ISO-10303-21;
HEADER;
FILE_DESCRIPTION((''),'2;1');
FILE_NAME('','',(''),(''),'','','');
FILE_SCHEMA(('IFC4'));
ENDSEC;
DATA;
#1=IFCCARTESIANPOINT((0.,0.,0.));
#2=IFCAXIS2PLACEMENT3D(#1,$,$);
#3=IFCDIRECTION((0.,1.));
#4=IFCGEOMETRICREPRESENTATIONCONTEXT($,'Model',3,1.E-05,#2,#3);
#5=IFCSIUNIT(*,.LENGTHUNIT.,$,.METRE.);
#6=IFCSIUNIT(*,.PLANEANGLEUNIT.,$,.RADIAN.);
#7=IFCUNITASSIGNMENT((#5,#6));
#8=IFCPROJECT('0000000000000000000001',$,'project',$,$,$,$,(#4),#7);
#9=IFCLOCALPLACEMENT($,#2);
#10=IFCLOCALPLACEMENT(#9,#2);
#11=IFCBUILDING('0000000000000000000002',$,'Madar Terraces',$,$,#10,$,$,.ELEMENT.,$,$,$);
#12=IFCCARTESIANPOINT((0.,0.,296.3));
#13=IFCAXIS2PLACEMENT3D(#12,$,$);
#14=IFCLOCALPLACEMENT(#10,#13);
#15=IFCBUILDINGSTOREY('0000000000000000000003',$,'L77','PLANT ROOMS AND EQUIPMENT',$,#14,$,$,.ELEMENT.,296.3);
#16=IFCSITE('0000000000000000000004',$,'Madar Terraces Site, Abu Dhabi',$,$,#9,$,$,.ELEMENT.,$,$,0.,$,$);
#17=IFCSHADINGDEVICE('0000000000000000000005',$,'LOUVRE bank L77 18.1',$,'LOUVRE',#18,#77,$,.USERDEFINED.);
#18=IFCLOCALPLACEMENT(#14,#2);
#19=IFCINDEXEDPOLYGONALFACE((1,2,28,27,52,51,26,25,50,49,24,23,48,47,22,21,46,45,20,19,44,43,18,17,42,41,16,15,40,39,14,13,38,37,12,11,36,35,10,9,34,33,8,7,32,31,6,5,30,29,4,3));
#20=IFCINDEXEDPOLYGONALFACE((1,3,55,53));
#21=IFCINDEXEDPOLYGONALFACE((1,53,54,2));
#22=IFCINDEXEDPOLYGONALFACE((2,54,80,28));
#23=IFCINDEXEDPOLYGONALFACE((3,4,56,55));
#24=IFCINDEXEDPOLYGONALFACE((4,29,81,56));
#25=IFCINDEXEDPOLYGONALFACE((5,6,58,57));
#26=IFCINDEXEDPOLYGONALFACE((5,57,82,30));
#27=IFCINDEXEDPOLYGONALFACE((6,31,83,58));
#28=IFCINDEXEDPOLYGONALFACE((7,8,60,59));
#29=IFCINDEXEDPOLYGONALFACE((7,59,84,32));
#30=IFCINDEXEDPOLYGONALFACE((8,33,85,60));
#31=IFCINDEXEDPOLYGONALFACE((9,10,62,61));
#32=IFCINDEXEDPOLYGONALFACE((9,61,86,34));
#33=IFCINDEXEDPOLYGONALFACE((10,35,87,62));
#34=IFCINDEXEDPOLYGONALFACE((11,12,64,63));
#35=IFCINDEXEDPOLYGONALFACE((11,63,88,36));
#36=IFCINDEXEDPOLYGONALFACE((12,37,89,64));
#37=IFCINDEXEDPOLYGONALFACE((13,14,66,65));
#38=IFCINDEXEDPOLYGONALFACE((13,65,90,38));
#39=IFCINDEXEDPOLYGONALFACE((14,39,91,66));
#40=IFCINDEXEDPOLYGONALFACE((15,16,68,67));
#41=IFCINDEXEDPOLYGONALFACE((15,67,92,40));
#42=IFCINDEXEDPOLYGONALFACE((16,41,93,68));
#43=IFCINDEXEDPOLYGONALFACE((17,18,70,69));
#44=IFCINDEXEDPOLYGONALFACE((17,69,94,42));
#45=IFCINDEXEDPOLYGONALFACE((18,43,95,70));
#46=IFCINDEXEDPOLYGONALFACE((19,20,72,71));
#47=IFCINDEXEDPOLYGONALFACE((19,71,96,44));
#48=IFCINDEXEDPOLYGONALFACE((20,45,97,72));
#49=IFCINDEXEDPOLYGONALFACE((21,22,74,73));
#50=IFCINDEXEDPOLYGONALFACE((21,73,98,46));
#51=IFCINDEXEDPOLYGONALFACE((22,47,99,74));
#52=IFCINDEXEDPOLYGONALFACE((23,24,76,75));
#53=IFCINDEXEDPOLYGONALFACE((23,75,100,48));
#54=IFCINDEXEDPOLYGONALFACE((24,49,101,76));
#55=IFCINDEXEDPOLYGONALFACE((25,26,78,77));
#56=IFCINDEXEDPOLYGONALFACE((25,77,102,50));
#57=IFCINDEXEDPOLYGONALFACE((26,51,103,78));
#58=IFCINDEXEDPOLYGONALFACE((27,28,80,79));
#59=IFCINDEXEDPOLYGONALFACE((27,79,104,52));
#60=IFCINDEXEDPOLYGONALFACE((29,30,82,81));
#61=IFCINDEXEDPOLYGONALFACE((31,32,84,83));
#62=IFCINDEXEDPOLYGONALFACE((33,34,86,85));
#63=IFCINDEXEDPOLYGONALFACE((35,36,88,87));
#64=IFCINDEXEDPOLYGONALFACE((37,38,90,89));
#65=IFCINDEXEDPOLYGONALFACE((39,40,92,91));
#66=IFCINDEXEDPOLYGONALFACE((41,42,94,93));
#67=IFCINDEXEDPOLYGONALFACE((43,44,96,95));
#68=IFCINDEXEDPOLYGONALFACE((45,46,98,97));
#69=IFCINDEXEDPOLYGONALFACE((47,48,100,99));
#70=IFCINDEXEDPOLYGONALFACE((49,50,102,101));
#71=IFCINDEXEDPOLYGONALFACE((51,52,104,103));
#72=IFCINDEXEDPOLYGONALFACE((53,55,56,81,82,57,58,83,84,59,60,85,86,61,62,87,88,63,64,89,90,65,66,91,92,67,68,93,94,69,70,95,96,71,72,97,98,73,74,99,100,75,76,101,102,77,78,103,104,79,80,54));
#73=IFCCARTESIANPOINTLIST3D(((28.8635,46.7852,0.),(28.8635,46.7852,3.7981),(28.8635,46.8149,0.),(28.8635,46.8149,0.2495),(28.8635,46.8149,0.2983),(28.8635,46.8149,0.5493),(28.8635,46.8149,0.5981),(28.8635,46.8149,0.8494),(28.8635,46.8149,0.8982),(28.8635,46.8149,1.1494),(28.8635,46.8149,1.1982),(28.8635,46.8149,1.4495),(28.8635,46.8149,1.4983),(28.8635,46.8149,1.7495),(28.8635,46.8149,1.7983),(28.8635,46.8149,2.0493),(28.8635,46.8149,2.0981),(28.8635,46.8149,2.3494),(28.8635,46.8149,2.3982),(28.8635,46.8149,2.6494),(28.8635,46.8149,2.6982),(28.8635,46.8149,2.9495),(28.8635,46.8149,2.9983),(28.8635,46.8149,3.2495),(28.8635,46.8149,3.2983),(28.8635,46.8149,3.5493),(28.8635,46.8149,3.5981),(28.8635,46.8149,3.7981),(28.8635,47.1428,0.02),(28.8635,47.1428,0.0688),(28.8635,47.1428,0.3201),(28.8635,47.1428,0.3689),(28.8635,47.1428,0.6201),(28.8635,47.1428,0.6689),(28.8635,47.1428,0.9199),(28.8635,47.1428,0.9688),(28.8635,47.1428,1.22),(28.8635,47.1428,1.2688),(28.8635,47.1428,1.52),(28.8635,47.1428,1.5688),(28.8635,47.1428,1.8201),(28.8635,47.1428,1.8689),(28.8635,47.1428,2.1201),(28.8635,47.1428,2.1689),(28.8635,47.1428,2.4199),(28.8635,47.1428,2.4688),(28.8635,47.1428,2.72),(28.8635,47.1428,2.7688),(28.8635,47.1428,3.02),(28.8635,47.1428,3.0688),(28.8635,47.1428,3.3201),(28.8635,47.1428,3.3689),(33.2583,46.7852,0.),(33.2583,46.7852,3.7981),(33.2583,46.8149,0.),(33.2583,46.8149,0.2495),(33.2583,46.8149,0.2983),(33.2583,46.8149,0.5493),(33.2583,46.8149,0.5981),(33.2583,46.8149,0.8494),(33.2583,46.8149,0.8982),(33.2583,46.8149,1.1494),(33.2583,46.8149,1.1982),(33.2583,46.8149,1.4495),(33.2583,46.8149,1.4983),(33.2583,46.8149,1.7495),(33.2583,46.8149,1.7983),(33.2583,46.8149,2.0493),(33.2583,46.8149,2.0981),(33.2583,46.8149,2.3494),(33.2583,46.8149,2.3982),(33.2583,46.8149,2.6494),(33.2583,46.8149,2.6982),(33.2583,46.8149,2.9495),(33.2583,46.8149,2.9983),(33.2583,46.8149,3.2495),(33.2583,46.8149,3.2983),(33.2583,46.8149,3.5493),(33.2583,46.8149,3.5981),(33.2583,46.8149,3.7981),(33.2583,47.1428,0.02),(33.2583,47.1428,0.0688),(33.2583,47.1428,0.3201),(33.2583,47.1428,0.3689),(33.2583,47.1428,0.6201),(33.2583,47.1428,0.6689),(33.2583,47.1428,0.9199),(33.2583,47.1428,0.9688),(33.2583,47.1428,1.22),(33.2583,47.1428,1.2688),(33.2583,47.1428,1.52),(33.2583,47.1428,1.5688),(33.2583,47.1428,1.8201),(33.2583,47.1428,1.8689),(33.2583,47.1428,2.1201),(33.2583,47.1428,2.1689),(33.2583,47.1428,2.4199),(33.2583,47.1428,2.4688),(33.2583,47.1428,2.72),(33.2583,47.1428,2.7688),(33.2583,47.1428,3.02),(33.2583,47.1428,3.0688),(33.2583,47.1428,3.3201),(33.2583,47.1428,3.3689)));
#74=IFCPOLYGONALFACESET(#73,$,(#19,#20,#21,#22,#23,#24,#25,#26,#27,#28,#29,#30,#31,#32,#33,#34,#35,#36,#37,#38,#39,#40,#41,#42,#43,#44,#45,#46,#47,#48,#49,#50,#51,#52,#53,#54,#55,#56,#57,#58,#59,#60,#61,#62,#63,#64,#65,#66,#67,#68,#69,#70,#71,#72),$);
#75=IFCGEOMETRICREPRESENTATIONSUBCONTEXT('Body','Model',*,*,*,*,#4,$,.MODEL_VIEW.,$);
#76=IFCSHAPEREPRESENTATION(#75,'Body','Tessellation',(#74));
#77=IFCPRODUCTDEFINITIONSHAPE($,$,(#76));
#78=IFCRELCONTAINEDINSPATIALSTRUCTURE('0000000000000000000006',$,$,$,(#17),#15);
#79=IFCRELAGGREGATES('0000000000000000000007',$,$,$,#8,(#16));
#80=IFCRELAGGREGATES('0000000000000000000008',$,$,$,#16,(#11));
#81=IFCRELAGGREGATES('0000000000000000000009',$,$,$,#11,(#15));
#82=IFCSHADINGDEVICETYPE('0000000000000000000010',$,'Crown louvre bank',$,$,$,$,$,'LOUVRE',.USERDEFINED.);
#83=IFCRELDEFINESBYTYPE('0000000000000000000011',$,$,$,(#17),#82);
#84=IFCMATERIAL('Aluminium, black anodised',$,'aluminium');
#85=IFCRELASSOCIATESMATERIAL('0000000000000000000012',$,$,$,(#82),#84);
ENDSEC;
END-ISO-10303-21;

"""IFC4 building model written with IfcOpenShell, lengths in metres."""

from ifc_helpers import new_model, si_unit, direction, frame, origin, place, context, subcontext, project, spatial, polyline, outline, extrude, material, type_object, element, save


model = new_model("IFC4")

# Units and contexts
model_context = context("Model", 3, precision=1e-05, world=origin(), true_north=direction((0.0, 1.0)))
body_context = subcontext(model_context, "Body", "Model", "MODEL_VIEW")
ifc_project = project(units=[si_unit("LENGTHUNIT", "METRE"), si_unit("PLANEANGLEUNIT", "RADIAN")], contexts=[model_context])

# Site, building, storey
site_placement = place(None, origin())
site = spatial("IfcSite", under=ifc_project, at=site_placement, Name="Madar Terraces Site, Abu Dhabi", CompositionType="ELEMENT", RefElevation=0.0)
building_placement = place(site_placement, origin())
building = spatial("IfcBuilding", under=site, at=building_placement, Name="Madar Terraces", CompositionType="ELEMENT")
storey_placement = place(building_placement, frame((0.0, 0.0, 296.3)))
storey = spatial("IfcBuildingStorey", under=building, at=storey_placement, Name="L77", Description="PLANT ROOMS AND EQUIPMENT", CompositionType="ELEMENT", Elevation=296.3)

# Shading device
ifc_material_1 = material(Name="Aluminium, black anodised", Category="aluminium")
shading_device_type = type_object("IfcShadingDeviceType", Name="Crown louvre bank", ElementType="LOUVRE", PredefinedType="USERDEFINED", material=ifc_material_1)
shading_device_1_placement = place(storey_placement, frame((33.2583, 46.8, 0.0), z_axis=(-1.0, 0.0, 0.0), x_axis=(0.0, -1.0, 0.0)))
element("IfcShadingDevice", 1, at=shading_device_1_placement, inside=storey, type_object=shading_device_type, Name="LOUVRE bank L77 18.1", ObjectType="LOUVRE", PredefinedType="USERDEFINED", context=body_context, shape_type="SweptSolid", body=[
    extrude(outline(polyline([(0.0149, 0.0), (-0.0149, 0.0), (-0.0149, 0.2495), (-0.3428, 0.02), (-0.3428, 0.0688), (-0.0149, 0.2983), (-0.0149, 0.5493), (-0.3428, 0.3201), (-0.3428, 0.3689), (-0.0149, 0.5981), (-0.0149, 0.8494), (-0.3428, 0.6201), (-0.3428, 0.6689), (-0.0149, 0.8982), (-0.0149, 1.1494), (-0.3428, 0.9199), (-0.3428, 0.9688), (-0.0149, 1.1982), (-0.0149, 1.4495), (-0.3428, 1.22), (-0.3428, 1.2688), (-0.0149, 1.4983), (-0.0149, 1.7495), (-0.3428, 1.52), (-0.3428, 1.5688), (-0.0149, 1.7983), (-0.0149, 2.0493), (-0.3428, 1.8201), (-0.3428, 1.8689), (-0.0149, 2.0981), (-0.0149, 2.3494), (-0.3428, 2.1201), (-0.3428, 2.1689), (-0.0149, 2.3982), (-0.0149, 2.6494), (-0.3428, 2.4199), (-0.3428, 2.4688), (-0.0149, 2.6982), (-0.0149, 2.9495), (-0.3428, 2.72), (-0.3428, 2.7688), (-0.0149, 2.9983), (-0.0149, 3.2495), (-0.3428, 3.02), (-0.3428, 3.0688), (-0.0149, 3.2983), (-0.0149, 3.5493), (-0.3428, 3.3201), (-0.3428, 3.3689), (-0.0149, 3.5981), (-0.0149, 3.7981), (0.0149, 3.7981), (0.0149, 0.0)])), origin(), (0.0, 0.0, 1.0), 4.3948),
])

save(model, "model.ifc")
